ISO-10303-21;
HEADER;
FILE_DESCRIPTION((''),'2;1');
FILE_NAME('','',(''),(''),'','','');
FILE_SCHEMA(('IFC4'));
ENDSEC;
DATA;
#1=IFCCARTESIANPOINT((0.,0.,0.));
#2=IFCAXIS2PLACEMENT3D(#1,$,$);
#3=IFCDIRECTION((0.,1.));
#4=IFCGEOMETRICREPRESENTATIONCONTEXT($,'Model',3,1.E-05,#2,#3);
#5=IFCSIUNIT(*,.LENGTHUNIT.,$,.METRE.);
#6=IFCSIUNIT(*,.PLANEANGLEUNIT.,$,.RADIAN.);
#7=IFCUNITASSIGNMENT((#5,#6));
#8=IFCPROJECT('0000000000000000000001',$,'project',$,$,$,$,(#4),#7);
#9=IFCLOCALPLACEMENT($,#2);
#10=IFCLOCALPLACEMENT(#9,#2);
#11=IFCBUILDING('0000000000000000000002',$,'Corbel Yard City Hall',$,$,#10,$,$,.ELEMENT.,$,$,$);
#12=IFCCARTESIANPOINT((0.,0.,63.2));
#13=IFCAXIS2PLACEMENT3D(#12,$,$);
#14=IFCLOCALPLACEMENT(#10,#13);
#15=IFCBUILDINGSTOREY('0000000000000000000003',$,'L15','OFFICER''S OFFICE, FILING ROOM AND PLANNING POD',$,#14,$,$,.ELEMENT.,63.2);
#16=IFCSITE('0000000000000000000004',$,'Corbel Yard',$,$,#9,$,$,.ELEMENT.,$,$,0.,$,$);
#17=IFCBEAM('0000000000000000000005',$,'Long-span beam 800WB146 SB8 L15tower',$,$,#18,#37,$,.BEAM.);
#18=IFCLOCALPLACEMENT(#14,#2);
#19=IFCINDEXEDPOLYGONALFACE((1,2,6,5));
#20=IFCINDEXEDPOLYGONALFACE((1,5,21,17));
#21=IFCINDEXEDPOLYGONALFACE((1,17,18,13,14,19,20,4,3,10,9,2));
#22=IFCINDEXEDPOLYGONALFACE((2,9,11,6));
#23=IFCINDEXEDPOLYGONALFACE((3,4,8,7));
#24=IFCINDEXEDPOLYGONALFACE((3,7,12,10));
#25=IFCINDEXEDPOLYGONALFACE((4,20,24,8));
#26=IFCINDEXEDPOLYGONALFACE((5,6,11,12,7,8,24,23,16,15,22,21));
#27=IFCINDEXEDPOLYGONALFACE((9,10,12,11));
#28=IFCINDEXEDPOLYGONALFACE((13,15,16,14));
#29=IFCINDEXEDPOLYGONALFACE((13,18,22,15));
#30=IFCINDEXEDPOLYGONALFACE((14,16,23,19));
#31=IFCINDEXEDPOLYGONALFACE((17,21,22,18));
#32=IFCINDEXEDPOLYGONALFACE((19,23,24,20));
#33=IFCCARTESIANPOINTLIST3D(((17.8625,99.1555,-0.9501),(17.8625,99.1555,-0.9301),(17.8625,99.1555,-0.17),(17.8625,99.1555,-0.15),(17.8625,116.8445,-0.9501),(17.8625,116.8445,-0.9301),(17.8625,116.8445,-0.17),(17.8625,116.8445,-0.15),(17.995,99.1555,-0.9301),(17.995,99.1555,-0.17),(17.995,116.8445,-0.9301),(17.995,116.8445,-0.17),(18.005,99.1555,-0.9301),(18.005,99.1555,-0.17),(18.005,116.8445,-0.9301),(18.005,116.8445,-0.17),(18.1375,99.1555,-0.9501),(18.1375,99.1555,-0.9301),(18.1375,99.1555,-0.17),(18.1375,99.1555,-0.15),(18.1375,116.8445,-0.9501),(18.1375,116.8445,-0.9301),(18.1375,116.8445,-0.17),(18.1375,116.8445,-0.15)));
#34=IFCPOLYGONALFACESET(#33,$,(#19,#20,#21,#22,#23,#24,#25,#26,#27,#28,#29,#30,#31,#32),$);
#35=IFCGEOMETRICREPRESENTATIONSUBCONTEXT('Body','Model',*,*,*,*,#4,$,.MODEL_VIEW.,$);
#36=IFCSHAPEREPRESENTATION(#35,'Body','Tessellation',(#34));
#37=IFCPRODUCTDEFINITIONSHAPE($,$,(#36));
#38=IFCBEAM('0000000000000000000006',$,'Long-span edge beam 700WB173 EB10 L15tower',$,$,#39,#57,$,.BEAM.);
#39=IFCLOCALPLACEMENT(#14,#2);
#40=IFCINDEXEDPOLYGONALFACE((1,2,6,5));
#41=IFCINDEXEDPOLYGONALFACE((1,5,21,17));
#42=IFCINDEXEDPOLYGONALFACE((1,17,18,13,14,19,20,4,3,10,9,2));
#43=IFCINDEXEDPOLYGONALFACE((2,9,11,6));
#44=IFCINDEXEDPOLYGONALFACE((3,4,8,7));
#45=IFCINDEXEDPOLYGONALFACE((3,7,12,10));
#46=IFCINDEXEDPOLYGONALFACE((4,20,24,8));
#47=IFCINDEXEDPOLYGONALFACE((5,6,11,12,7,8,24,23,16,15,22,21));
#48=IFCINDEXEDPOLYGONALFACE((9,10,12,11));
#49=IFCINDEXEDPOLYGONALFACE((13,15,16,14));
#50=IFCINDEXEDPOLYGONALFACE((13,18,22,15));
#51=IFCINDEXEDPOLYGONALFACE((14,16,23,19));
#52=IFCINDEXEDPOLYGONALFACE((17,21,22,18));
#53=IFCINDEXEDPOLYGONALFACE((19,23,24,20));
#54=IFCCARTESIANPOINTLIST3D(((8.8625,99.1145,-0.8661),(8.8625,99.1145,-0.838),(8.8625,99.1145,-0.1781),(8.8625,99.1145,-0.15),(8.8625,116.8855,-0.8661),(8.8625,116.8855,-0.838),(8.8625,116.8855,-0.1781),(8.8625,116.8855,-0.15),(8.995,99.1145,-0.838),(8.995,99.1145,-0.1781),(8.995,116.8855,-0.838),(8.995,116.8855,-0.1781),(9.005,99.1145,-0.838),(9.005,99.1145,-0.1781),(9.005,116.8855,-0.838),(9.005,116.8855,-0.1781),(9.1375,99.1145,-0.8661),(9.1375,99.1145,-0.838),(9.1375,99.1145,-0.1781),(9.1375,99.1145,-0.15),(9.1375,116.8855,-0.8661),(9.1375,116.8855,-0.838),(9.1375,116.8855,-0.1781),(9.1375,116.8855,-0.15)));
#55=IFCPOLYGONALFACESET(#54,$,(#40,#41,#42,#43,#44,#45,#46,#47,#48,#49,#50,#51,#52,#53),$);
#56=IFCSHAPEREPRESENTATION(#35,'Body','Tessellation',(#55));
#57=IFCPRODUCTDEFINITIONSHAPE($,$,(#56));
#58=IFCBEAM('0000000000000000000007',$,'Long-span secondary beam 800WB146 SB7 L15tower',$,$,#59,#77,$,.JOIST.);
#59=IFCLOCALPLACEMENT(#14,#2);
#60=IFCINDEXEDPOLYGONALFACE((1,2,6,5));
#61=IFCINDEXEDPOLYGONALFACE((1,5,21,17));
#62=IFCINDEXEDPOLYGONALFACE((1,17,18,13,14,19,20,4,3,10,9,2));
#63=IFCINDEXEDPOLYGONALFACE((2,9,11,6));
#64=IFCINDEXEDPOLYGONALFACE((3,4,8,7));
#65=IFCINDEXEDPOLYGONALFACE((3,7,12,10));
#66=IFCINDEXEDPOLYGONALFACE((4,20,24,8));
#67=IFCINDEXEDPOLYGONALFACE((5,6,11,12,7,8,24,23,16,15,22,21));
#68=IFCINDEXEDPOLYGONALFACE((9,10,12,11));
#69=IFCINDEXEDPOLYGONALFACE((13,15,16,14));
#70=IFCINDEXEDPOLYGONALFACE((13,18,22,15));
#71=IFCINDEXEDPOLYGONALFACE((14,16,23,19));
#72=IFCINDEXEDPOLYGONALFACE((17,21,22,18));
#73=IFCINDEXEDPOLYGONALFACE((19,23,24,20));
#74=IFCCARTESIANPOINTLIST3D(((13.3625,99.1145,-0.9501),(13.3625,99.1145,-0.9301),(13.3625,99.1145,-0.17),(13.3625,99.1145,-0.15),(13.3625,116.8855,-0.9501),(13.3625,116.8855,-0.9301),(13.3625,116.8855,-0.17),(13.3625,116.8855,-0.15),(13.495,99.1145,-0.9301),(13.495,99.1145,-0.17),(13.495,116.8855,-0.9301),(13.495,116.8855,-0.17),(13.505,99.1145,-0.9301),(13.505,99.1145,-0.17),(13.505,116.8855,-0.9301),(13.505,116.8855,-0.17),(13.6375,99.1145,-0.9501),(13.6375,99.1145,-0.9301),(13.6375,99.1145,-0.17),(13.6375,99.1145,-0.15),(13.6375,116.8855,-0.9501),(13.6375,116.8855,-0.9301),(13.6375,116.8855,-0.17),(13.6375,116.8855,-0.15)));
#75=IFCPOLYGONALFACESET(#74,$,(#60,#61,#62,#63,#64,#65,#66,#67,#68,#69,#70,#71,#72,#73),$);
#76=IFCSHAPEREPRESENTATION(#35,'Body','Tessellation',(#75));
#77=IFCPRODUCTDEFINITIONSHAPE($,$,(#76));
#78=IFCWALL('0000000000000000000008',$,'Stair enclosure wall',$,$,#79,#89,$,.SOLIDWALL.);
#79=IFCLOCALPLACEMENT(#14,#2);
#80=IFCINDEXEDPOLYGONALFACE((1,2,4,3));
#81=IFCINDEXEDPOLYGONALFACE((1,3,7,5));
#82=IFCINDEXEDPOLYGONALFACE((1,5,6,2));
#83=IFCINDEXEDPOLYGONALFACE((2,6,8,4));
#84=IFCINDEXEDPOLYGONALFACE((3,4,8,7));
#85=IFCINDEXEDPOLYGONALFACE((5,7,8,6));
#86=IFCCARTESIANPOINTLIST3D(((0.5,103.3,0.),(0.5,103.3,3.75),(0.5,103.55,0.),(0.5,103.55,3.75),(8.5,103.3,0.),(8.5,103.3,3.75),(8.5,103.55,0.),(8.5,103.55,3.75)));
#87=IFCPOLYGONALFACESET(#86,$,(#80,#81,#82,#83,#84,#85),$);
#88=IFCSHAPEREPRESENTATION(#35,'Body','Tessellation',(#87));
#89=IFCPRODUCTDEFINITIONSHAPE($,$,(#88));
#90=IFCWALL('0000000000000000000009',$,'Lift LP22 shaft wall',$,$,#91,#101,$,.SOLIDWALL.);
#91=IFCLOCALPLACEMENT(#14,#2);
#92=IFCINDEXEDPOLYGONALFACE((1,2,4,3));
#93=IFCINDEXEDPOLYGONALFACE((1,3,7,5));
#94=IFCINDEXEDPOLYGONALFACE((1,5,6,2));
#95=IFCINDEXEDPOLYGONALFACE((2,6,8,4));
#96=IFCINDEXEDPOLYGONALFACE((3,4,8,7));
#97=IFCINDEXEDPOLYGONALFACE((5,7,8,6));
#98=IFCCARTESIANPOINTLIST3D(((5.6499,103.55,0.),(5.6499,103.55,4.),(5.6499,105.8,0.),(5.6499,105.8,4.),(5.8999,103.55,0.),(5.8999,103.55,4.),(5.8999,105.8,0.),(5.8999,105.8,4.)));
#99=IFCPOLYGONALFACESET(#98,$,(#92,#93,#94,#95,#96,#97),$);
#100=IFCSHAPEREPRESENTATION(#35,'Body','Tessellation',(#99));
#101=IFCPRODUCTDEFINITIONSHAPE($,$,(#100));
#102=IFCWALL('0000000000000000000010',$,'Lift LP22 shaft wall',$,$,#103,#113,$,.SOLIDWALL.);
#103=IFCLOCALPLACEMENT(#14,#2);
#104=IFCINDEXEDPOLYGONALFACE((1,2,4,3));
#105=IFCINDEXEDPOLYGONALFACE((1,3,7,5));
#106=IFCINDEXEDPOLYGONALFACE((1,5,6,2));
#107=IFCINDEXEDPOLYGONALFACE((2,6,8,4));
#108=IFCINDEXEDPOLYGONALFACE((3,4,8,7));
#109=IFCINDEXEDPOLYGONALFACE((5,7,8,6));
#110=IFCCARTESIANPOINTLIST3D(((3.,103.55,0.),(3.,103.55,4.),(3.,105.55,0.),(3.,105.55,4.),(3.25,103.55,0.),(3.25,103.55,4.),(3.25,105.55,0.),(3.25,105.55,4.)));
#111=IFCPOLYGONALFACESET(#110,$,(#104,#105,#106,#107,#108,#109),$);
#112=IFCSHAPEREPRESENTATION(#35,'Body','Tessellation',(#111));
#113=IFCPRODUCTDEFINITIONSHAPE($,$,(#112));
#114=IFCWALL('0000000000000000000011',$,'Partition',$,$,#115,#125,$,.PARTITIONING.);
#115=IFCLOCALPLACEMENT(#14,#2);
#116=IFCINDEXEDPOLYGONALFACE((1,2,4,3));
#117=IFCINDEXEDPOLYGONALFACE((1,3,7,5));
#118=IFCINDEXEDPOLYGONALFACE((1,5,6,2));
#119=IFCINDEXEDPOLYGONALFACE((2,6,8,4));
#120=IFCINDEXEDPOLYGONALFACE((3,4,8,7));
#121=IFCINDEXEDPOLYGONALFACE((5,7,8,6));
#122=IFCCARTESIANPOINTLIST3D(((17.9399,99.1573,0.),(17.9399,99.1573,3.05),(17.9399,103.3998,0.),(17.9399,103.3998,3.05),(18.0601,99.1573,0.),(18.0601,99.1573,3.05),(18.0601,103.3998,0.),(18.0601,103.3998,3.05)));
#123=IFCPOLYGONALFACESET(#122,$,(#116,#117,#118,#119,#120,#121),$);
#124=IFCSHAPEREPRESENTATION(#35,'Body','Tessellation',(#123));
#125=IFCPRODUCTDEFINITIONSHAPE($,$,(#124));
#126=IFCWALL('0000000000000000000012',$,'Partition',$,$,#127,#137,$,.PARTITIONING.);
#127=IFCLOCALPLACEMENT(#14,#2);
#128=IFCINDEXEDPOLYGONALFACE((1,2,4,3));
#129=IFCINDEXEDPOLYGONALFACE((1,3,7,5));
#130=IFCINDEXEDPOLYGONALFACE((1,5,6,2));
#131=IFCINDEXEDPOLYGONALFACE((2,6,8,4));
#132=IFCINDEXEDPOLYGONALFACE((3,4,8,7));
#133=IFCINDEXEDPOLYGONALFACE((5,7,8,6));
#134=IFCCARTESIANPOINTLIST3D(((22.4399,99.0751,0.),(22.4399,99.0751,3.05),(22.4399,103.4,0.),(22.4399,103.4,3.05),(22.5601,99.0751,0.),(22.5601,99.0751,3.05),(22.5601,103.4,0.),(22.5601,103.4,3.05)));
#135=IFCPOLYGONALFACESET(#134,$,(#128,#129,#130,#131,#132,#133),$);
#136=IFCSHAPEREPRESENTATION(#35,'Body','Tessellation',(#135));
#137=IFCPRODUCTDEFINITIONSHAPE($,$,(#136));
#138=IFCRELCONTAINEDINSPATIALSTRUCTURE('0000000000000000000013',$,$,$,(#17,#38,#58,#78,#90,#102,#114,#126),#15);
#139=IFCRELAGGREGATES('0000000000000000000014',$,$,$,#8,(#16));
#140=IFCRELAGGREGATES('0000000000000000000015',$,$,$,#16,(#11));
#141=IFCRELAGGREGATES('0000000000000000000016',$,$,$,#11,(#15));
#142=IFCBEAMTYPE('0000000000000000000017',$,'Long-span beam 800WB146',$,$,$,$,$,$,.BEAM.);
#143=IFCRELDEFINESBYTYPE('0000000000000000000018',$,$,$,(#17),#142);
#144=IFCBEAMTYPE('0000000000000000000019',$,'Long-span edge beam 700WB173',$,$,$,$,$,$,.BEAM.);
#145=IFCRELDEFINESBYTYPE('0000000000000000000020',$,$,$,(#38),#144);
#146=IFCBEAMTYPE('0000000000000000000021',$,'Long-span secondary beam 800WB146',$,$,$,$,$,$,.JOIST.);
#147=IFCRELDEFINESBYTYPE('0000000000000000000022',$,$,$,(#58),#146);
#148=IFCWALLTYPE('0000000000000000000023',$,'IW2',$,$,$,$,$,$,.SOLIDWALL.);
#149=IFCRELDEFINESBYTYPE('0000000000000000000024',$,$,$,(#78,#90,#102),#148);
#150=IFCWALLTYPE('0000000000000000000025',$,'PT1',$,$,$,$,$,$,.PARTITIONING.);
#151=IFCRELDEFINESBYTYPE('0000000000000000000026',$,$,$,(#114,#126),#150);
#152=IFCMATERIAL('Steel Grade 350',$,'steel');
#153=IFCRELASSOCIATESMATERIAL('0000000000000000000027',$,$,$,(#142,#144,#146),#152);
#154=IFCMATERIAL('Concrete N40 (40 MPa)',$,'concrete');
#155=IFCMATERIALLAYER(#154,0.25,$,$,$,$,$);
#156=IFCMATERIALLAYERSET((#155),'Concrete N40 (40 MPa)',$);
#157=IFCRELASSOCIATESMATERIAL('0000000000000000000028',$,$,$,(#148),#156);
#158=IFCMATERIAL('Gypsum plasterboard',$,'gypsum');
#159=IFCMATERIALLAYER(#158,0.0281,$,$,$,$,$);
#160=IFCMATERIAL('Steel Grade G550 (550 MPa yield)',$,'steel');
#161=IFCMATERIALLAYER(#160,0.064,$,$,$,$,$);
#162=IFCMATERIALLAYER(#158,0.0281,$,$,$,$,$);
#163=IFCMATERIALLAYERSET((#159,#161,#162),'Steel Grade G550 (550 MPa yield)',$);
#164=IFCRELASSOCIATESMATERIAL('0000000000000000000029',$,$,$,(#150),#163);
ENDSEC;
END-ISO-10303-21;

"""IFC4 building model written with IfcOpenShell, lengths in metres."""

from ifc_helpers import new_model, si_unit, direction, frame, frame_2d, origin, origin_2d, place, context, subcontext, project, spatial, rectangle, i_section, extrude, material, layer, layer_set, material_profile, profile_set, type_object, element, save


model = new_model("IFC4")

# Units and contexts
model_context = context("Model", 3, precision=1e-05, world=origin(), true_north=direction((0.0, 1.0)))
body_context = subcontext(model_context, "Body", "Model", "MODEL_VIEW")
ifc_project = project(units=[si_unit("LENGTHUNIT", "METRE"), si_unit("PLANEANGLEUNIT", "RADIAN")], contexts=[model_context])

# Site, building, storey
site_placement = place(None, origin())
site = spatial("IfcSite", under=ifc_project, at=site_placement, Name="Corbel Yard", CompositionType="ELEMENT", RefElevation=0.0)
building_placement = place(site_placement, origin())
building = spatial("IfcBuilding", under=site, at=building_placement, Name="Corbel Yard City Hall", CompositionType="ELEMENT")
storey_placement = place(building_placement, frame((0.0, 0.0, 63.2)))
storey = spatial("IfcBuildingStorey", under=building, at=storey_placement, Name="L15", Description="OFFICER'S OFFICE, FILING ROOM AND PLANNING POD", CompositionType="ELEMENT", Elevation=63.2)

# Beams
ifc_material_1 = material(Name="Steel Grade 350", Category="steel")
ifc_material_profile_1 = material_profile(ifc_material_1, i_section(OverallWidth=0.2749, OverallDepth=0.8, WebThickness=0.01, FlangeThickness=0.02, at=origin_2d()), Name="800WB146")
ifc_profile_set_1 = profile_set([ifc_material_profile_1], Name="Steel Grade 350")
beam_type_1 = type_object("IfcBeamType", Name="Long-span beam 800WB146", PredefinedType="BEAM", material=ifc_profile_set_1)
beam_1_placement = place(storey_placement, frame((18.0, 99.1555, -0.55), z_axis=(0.0, 1.0, 0.0), x_axis=(-1.0, 0.0, 0.0)))
element("IfcBeam", 1, at=beam_1_placement, inside=storey, type_object=beam_type_1, Name="Long-span beam 800WB146 SB8 L15tower", PredefinedType="BEAM", context=body_context, shape_type="SweptSolid", body=[
    extrude(i_section(OverallWidth=0.2749, OverallDepth=0.8, WebThickness=0.01, FlangeThickness=0.02, at=origin_2d()), origin(), (0.0, 0.0, 1.0), 17.689),
])
ifc_material_profile_2 = material_profile(ifc_material_1, i_section(OverallWidth=0.2749, OverallDepth=0.7161, WebThickness=0.01, FlangeThickness=0.0281, at=origin_2d()), Name="700WB173")
ifc_profile_set_2 = profile_set([ifc_material_profile_2], Name="Steel Grade 350")
beam_type_2 = type_object("IfcBeamType", Name="Long-span edge beam 700WB173", PredefinedType="BEAM", material=ifc_profile_set_2)
beam_2_placement = place(storey_placement, frame((9.0, 99.1145, -0.5081), z_axis=(0.0, 1.0, 0.0), x_axis=(-1.0, 0.0, 0.0)))
element("IfcBeam", 2, at=beam_2_placement, inside=storey, type_object=beam_type_2, Name="Long-span edge beam 700WB173 EB10 L15tower", PredefinedType="BEAM", context=body_context, shape_type="SweptSolid", body=[
    extrude(i_section(OverallWidth=0.2749, OverallDepth=0.7161, WebThickness=0.01, FlangeThickness=0.0281, at=origin_2d()), origin(), (0.0, 0.0, 1.0), 17.771),
])
ifc_material_profile_3 = material_profile(ifc_material_1, i_section(OverallWidth=0.2749, OverallDepth=0.8, WebThickness=0.01, FlangeThickness=0.02, at=origin_2d()), Name="800WB146")
ifc_profile_set_3 = profile_set([ifc_material_profile_3], Name="Steel Grade 350")
beam_type_3 = type_object("IfcBeamType", Name="Long-span secondary beam 800WB146", PredefinedType="JOIST", material=ifc_profile_set_3)
beam_3_placement = place(storey_placement, frame((13.5, 99.1145, -0.55), z_axis=(0.0, 1.0, 0.0), x_axis=(-1.0, 0.0, 0.0)))
element("IfcBeam", 3, at=beam_3_placement, inside=storey, type_object=beam_type_3, Name="Long-span secondary beam 800WB146 SB7 L15tower", PredefinedType="JOIST", context=body_context, shape_type="SweptSolid", body=[
    extrude(i_section(OverallWidth=0.2749, OverallDepth=0.8, WebThickness=0.01, FlangeThickness=0.02, at=origin_2d()), origin(), (0.0, 0.0, 1.0), 17.771),
])

# Walls
ifc_material_2 = material(Name="Concrete N40 (40 MPa)", Category="concrete")
ifc_layer_1 = layer(ifc_material_2, 0.25)
ifc_layer_set_1 = layer_set([ifc_layer_1], Name="Concrete N40 (40 MPa)")
wall_type_1 = type_object("IfcWallType", Name="IW2", PredefinedType="SOLIDWALL", material=ifc_layer_set_1)
wall_1_placement = place(storey_placement, frame((8.5, 103.425, 0.0), z_axis=(0.0, 0.0, 1.0), x_axis=(-1.0, 0.0, 0.0)))
element("IfcWall", 4, at=wall_1_placement, inside=storey, type_object=wall_type_1, Name="Stair enclosure wall", PredefinedType="SOLIDWALL", context=body_context, shape_type="SweptSolid", body=[
    extrude(rectangle(XDim=8.0, YDim=0.25, at=frame_2d((4.0, 0.0))), origin(), (0.0, 0.0, 1.0), 3.75),
])
wall_2_placement = place(storey_placement, frame((5.7749, 103.55, 0.0), z_axis=(0.0, 0.0, 1.0), x_axis=(0.0, 1.0, 0.0)))
element("IfcWall", 5, at=wall_2_placement, inside=storey, type_object=wall_type_1, Name="Lift LP22 shaft wall", PredefinedType="SOLIDWALL", context=body_context, shape_type="SweptSolid", body=[
    extrude(rectangle(XDim=2.25, YDim=0.25, at=frame_2d((1.125, 0.0))), origin(), (0.0, 0.0, 1.0), 4.0),
])
wall_3_placement = place(storey_placement, frame((3.125, 103.55, 0.0), z_axis=(0.0, 0.0, 1.0), x_axis=(0.0, 1.0, 0.0)))
element("IfcWall", 6, at=wall_3_placement, inside=storey, type_object=wall_type_1, Name="Lift LP22 shaft wall", PredefinedType="SOLIDWALL", context=body_context, shape_type="SweptSolid", body=[
    extrude(rectangle(XDim=2.0, YDim=0.25, at=frame_2d((1.0, 0.0))), origin(), (0.0, 0.0, 1.0), 4.0),
])
ifc_material_3 = material(Name="Gypsum plasterboard", Category="gypsum")
ifc_layer_2 = layer(ifc_material_3, 0.0281)
ifc_material_4 = material(Name="Steel Grade G550 (550 MPa yield)", Category="steel")
ifc_layer_3 = layer(ifc_material_4, 0.064)
ifc_layer_4 = layer(ifc_material_3, 0.0281)
ifc_layer_set_2 = layer_set([ifc_layer_2, ifc_layer_3, ifc_layer_4], Name="Steel Grade G550 (550 MPa yield)")
wall_type_2 = type_object("IfcWallType", Name="PT1", PredefinedType="PARTITIONING", material=ifc_layer_set_2)
wall_4_placement = place(storey_placement, frame((18.0, 99.1575, 0.0), z_axis=(0.0, 0.0, 1.0), x_axis=(0.0, 1.0, 0.0)))
element("IfcWall", 7, at=wall_4_placement, inside=storey, type_object=wall_type_2, Name="Partition", PredefinedType="PARTITIONING", context=body_context, shape_type="SweptSolid", body=[
    extrude(rectangle(XDim=4.2424, YDim=0.1201, at=frame_2d((2.1211, 0.0))), origin(), (0.0, 0.0, 1.0), 3.05),
])
wall_5_placement = place(storey_placement, frame((22.5, 99.075, 0.0), z_axis=(0.0, 0.0, 1.0), x_axis=(0.0, 1.0, 0.0)))
element("IfcWall", 8, at=wall_5_placement, inside=storey, type_object=wall_type_2, Name="Partition", PredefinedType="PARTITIONING", context=body_context, shape_type="SweptSolid", body=[
    extrude(rectangle(XDim=4.325, YDim=0.1201, at=frame_2d((2.1626, 0.0))), origin(), (0.0, 0.0, 1.0), 3.05),
])

save(model, "model.ifc")
